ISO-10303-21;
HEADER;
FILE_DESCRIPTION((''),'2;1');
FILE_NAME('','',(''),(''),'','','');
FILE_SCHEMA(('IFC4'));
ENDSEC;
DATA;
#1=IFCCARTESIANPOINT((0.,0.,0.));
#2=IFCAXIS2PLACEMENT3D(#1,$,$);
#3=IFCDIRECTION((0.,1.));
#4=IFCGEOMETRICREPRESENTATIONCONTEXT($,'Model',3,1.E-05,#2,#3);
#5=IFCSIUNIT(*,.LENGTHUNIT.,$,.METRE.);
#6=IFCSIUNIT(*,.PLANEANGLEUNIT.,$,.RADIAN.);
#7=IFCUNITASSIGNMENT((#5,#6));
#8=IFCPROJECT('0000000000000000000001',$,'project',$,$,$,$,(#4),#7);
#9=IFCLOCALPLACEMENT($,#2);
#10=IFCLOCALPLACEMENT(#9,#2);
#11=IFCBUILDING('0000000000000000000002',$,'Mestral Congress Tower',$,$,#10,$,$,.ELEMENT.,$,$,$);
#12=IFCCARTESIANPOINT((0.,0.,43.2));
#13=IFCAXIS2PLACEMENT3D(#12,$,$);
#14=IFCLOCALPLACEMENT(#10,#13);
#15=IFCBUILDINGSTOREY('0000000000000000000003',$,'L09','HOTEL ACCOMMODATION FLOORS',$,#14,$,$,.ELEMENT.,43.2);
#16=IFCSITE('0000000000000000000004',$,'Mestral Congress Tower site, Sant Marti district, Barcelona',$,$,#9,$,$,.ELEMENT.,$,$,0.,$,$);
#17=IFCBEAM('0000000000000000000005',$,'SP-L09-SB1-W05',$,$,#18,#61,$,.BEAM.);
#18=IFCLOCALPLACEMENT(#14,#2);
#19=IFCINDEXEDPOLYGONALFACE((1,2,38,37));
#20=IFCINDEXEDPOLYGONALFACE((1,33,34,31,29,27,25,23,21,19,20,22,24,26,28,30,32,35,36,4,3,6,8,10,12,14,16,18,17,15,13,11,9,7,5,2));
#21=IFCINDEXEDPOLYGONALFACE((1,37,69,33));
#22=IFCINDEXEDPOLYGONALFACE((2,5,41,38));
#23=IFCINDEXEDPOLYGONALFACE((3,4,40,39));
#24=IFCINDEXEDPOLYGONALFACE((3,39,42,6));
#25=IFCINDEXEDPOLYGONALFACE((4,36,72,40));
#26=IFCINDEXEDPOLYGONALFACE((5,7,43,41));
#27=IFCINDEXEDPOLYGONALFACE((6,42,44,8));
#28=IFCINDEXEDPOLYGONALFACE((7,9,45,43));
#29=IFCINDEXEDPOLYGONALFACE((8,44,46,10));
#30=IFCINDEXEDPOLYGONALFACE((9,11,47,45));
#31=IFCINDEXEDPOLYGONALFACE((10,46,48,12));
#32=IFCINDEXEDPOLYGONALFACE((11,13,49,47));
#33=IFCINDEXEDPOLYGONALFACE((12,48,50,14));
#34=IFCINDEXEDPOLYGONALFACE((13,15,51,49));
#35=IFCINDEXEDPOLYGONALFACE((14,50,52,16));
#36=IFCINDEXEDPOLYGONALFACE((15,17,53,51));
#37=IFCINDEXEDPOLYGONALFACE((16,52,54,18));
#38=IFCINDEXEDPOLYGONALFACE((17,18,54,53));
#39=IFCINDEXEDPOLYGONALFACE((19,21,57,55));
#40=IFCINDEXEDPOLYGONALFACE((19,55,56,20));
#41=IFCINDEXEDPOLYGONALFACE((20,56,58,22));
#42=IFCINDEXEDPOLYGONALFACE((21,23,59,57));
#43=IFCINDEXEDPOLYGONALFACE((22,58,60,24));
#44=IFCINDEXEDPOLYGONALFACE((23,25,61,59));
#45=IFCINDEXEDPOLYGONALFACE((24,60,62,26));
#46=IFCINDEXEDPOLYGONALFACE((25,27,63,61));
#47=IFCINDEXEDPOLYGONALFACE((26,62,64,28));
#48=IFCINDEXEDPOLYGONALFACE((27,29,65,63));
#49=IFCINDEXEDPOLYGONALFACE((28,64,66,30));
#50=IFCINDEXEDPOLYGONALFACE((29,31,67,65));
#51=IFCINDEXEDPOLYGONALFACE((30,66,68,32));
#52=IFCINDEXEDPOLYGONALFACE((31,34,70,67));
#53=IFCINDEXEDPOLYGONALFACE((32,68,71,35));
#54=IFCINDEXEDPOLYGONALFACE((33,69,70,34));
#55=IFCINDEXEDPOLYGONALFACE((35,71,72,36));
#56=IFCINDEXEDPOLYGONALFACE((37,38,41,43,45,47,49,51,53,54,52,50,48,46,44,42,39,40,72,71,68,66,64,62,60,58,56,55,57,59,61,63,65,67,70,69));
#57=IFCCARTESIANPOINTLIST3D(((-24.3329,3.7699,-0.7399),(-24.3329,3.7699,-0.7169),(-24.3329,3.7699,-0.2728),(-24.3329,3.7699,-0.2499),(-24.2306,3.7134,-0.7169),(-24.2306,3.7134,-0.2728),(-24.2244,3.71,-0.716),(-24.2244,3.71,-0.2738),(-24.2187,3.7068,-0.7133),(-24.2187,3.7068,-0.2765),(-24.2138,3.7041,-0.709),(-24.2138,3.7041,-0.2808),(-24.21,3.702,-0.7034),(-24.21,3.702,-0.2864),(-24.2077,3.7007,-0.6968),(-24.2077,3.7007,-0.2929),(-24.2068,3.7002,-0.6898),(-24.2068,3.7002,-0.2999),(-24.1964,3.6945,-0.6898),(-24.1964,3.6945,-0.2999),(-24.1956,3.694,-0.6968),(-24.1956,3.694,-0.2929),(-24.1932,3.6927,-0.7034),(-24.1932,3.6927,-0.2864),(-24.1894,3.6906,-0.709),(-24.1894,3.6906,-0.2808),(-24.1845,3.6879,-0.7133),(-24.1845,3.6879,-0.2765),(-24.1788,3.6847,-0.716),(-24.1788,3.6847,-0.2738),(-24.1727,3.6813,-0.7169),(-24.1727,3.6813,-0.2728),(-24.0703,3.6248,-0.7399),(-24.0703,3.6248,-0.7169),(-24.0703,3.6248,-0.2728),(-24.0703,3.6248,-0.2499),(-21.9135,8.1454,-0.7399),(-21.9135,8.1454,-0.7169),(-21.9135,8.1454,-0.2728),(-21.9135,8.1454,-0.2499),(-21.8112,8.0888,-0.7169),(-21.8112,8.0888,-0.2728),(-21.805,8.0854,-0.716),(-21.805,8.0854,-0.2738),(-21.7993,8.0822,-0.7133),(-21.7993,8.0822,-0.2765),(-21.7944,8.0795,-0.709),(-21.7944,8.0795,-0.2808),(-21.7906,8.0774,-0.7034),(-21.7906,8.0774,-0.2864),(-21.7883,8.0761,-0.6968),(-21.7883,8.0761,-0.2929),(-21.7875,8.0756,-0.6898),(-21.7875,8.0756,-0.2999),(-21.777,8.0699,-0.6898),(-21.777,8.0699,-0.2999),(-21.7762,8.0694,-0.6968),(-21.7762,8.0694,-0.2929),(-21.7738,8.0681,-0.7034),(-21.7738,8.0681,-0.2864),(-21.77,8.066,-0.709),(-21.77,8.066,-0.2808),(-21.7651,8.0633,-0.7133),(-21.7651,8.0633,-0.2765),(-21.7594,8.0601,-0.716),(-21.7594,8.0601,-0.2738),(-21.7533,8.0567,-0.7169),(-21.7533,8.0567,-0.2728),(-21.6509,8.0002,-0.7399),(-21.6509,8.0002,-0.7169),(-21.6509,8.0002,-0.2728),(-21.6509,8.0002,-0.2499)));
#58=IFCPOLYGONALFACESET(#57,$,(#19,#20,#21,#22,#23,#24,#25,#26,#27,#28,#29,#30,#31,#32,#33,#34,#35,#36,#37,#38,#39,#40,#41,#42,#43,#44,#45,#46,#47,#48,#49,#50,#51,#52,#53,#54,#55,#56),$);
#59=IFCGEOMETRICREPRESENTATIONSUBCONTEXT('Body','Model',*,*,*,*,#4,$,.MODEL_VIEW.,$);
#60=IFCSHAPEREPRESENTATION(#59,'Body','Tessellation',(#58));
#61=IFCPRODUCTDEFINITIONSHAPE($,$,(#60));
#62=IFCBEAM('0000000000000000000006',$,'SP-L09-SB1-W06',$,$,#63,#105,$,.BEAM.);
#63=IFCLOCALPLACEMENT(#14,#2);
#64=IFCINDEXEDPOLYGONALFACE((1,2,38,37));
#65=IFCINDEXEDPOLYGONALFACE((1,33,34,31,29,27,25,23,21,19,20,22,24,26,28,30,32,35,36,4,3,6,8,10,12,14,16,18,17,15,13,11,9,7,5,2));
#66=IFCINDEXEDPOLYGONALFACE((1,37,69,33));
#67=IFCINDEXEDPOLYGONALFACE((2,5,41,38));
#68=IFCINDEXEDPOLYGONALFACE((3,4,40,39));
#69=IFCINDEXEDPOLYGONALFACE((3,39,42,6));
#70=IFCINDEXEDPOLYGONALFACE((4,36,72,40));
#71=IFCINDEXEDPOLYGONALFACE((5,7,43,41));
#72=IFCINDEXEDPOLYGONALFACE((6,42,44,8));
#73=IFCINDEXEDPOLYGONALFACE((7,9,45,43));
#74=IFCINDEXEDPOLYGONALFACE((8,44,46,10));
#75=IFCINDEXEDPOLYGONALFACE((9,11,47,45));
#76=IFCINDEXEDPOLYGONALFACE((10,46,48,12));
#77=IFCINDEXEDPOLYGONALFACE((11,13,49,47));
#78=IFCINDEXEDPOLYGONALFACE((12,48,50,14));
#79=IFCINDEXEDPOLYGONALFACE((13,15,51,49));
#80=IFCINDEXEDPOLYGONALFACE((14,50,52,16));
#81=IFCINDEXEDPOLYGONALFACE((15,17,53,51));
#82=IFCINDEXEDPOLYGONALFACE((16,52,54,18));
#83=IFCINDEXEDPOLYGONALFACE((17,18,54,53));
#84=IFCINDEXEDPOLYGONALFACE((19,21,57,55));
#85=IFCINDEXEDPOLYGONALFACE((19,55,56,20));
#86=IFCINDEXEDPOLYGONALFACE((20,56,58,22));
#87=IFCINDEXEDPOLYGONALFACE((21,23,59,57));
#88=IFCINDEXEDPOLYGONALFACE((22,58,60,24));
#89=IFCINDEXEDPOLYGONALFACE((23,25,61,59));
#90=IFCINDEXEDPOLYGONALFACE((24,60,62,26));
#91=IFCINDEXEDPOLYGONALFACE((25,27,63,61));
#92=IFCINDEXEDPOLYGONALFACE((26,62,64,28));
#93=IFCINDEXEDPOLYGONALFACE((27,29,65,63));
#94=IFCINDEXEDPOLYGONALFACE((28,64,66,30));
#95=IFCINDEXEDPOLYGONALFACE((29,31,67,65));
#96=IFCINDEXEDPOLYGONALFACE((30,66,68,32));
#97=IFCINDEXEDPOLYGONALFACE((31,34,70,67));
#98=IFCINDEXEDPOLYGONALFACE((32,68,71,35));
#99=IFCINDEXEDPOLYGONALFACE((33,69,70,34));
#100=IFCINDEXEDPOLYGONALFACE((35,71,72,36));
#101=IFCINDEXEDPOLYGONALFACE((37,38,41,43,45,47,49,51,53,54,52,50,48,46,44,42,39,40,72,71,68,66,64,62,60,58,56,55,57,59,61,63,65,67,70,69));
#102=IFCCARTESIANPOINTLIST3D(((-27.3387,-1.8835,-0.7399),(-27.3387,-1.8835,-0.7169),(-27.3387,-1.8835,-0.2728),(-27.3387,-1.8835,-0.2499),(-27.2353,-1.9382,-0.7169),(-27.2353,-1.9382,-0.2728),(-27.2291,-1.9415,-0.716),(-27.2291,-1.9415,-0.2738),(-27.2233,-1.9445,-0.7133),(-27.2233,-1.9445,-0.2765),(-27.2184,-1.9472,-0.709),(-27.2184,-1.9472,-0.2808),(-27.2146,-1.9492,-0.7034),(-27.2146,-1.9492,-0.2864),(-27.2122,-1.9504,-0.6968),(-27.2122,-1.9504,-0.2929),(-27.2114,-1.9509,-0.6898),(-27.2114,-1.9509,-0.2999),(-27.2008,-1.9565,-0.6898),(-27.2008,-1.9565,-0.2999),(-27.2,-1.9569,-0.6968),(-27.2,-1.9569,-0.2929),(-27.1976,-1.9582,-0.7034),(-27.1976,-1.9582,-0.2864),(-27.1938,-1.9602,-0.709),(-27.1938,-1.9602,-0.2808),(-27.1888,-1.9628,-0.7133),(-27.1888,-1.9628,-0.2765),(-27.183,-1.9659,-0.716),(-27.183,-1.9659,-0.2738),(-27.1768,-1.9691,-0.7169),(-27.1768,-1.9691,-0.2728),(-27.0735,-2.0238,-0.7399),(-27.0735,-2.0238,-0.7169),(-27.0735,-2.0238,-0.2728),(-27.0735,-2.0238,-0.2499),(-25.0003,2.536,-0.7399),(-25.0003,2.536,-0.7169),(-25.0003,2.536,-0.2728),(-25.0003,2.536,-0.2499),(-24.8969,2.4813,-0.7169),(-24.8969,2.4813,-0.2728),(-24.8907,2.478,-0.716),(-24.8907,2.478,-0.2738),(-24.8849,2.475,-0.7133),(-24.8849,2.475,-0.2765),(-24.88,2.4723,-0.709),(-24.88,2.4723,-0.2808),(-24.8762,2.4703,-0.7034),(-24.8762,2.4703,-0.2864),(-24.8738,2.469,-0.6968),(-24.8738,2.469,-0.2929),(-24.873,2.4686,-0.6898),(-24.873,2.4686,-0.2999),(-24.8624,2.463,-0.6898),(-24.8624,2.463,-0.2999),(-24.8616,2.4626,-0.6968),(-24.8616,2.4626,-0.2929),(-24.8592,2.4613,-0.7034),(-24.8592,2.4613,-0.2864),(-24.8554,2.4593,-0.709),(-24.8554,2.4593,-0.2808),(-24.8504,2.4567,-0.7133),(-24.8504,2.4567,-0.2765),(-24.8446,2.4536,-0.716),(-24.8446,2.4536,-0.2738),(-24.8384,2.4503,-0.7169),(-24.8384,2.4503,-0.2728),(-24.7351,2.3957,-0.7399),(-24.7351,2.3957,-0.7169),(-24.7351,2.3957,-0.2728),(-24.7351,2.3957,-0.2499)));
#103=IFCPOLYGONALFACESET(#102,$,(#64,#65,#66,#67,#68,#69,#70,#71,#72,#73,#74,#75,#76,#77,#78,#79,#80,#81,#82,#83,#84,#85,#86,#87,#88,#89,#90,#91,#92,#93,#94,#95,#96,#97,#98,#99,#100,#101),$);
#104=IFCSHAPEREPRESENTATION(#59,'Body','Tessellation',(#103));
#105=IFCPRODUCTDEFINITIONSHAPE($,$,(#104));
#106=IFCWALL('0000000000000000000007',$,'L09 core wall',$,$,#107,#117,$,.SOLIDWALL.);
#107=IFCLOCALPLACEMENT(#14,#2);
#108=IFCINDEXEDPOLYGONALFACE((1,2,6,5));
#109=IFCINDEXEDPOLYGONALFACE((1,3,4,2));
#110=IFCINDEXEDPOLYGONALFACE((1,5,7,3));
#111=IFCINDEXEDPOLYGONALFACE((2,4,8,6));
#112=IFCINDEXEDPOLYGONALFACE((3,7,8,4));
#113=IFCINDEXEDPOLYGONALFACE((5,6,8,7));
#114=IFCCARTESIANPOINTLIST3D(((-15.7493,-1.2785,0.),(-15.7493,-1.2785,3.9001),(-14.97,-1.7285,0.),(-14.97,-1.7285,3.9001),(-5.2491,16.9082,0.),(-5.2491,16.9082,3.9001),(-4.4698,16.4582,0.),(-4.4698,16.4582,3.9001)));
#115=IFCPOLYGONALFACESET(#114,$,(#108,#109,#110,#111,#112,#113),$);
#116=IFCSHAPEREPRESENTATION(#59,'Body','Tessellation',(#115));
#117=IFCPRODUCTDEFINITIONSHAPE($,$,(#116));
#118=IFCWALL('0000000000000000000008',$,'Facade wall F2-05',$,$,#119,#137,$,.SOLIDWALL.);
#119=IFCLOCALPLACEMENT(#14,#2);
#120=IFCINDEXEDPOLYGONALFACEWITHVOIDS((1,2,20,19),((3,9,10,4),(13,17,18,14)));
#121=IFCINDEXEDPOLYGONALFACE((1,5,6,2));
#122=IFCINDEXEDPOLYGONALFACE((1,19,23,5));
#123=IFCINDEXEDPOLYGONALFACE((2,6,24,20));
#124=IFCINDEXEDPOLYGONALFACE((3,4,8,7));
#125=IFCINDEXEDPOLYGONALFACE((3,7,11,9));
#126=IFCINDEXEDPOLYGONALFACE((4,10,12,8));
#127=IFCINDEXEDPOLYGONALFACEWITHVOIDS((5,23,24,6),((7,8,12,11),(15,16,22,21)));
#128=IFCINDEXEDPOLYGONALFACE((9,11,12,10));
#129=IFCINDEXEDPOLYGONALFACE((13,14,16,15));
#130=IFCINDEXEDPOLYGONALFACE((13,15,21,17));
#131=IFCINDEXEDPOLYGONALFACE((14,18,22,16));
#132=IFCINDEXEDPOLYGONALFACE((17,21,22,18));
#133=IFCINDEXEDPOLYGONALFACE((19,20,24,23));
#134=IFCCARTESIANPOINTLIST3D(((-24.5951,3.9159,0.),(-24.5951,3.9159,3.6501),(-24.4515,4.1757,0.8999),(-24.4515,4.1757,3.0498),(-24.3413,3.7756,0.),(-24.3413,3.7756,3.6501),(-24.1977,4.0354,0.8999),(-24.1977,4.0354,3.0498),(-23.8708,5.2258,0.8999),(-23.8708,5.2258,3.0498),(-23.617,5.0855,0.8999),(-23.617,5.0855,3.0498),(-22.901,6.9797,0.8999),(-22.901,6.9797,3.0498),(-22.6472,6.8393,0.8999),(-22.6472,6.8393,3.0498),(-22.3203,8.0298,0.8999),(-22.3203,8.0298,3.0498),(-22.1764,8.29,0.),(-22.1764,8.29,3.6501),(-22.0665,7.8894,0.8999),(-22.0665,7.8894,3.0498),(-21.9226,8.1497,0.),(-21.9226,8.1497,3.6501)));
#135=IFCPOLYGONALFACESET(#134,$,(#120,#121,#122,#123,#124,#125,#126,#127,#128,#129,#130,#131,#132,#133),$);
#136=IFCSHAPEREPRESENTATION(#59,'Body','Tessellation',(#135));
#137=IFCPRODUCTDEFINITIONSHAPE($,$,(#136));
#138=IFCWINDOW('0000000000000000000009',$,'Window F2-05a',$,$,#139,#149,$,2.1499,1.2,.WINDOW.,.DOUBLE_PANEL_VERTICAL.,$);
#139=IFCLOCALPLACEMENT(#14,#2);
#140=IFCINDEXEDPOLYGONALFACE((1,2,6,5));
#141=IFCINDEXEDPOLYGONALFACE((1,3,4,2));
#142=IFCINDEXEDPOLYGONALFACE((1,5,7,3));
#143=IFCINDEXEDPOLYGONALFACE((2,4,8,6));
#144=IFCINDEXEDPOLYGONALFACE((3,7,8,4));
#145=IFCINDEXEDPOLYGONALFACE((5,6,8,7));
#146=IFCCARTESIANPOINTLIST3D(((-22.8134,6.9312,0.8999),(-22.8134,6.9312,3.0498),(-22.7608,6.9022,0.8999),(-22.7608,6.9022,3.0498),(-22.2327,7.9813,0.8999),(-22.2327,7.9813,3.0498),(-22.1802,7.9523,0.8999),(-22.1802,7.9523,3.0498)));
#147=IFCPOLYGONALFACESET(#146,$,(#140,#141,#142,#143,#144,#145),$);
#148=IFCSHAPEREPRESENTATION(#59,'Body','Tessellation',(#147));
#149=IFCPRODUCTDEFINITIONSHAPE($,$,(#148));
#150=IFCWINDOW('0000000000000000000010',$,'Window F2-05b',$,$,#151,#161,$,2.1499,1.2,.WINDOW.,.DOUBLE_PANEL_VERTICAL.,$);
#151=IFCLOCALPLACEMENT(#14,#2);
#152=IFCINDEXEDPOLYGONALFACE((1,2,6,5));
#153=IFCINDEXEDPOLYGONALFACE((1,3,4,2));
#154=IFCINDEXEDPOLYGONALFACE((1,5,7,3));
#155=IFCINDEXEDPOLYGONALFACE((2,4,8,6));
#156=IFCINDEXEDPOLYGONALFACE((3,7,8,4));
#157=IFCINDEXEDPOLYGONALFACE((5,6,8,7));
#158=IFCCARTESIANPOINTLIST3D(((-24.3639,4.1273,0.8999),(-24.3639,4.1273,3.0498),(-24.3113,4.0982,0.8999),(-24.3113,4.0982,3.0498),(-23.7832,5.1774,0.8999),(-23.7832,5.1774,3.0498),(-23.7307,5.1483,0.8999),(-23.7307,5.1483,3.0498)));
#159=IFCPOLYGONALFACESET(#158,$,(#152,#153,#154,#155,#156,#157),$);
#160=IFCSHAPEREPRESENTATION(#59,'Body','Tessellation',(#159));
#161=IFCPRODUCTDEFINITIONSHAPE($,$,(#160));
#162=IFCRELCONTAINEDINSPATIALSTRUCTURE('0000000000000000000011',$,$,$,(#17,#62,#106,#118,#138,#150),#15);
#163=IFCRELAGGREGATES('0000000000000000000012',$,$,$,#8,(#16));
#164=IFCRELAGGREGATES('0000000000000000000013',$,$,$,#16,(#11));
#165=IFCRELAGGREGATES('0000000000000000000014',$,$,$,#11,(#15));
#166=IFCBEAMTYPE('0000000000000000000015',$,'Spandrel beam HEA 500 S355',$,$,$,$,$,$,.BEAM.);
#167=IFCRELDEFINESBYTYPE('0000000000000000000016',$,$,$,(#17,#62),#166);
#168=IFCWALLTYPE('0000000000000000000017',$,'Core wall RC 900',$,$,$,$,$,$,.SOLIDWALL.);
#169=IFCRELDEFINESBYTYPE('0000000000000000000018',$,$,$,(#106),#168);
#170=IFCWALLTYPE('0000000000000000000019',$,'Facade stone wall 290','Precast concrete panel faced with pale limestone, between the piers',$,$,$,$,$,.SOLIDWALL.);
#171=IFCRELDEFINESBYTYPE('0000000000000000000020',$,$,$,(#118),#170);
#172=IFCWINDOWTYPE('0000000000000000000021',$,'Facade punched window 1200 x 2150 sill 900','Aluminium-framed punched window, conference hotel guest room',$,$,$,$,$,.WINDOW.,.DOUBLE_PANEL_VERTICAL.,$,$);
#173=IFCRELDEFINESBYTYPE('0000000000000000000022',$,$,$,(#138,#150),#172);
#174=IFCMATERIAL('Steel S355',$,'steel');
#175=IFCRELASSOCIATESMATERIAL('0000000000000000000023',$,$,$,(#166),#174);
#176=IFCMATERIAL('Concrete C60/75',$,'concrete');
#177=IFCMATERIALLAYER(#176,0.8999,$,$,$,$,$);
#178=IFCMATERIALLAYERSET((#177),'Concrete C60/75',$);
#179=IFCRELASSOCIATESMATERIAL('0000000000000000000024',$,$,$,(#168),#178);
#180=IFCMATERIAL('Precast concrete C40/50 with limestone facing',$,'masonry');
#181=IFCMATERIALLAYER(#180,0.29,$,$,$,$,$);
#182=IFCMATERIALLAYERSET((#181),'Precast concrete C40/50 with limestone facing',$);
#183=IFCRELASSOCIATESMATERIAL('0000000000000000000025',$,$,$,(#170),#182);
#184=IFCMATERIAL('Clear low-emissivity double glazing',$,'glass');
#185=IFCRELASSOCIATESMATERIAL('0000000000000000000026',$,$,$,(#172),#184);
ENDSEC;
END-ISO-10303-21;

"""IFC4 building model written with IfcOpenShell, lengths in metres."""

from ifc_helpers import new_model, si_unit, direction, frame, frame_2d, origin, origin_2d, place, context, subcontext, project, spatial, rectangle, i_section, extrude, material, layer, layer_set, material_profile, profile_set, type_object, element, fill, save


model = new_model("IFC4")

# Units and contexts
model_context = context("Model", 3, precision=1e-05, world=origin(), true_north=direction((0.0, 1.0)))
body_context = subcontext(model_context, "Body", "Model", "MODEL_VIEW")
ifc_project = project(units=[si_unit("LENGTHUNIT", "METRE"), si_unit("PLANEANGLEUNIT", "RADIAN")], contexts=[model_context])

# Site, building, storey
site_placement = place(None, origin())
site = spatial("IfcSite", under=ifc_project, at=site_placement, Name="Mestral Congress Tower site, Sant Marti district, Barcelona", CompositionType="ELEMENT", RefElevation=0.0)
building_placement = place(site_placement, origin())
building = spatial("IfcBuilding", under=site, at=building_placement, Name="Mestral Congress Tower", CompositionType="ELEMENT")
storey_placement = place(building_placement, frame((0.0, 0.0, 43.2)))
storey = spatial("IfcBuildingStorey", under=building, at=storey_placement, Name="L09", Description="HOTEL ACCOMMODATION FLOORS", CompositionType="ELEMENT", Elevation=43.2)

# Beams
ifc_material_1 = material(Name="Steel S355", Category="steel")
ifc_material_profile_1 = material_profile(ifc_material_1, i_section(OverallWidth=0.3, OverallDepth=0.49, WebThickness=0.012, FlangeThickness=0.0229, FilletRadius=0.0271, at=origin_2d()), Name="HEA 500")
ifc_profile_set_1 = profile_set([ifc_material_profile_1], Name="Steel S355")
beam_type_1 = type_object("IfcBeamType", Name="Spandrel beam HEA 500 S355", PredefinedType="BEAM", material=ifc_profile_set_1)
beam_1_placement = place(storey_placement, frame((-21.7822, 8.0728, -0.4949), z_axis=(-0.483901, -0.875123, 0.0), x_axis=(0.875123, -0.483901, 0.0)))
element("IfcBeam", 1, at=beam_1_placement, inside=storey, type_object=beam_type_1, Name="SP-L09-SB1-W05", PredefinedType="BEAM", context=body_context, shape_type="SweptSolid", body=[
    extrude(i_section(OverallWidth=0.3, OverallDepth=0.49, WebThickness=0.012, FlangeThickness=0.0229, FilletRadius=0.0271, at=origin_2d()), origin(), (0.0, 0.0, 1.0), 4.9998),
])
beam_2_placement = place(storey_placement, frame((-24.8677, 2.4658, -0.4949), z_axis=(-0.467681, -0.883897, 0.0), x_axis=(0.883897, -0.467681, 0.0)))
element("IfcBeam", 2, at=beam_2_placement, inside=storey, type_object=beam_type_1, Name="SP-L09-SB1-W06", PredefinedType="BEAM", context=body_context, shape_type="SweptSolid", body=[
    extrude(i_section(OverallWidth=0.3, OverallDepth=0.49, WebThickness=0.012, FlangeThickness=0.0229, FilletRadius=0.0271, at=origin_2d()), origin(), (0.0, 0.0, 1.0), 5.0),
])

# Wall
ifc_material_2 = material(Name="Concrete C60/75", Category="concrete")
ifc_layer_1 = layer(ifc_material_2, 0.8999)
ifc_layer_set_1 = layer_set([ifc_layer_1], Name="Concrete C60/75")
wall_type_1 = type_object("IfcWallType", Name="Core wall RC 900", PredefinedType="SOLIDWALL", material=ifc_layer_set_1)
wall_1_placement = place(storey_placement, frame((-15.3596, -1.5034, 0.0), z_axis=(0.0, 0.0, 1.0), x_axis=(0.500004, 0.866023, 0.0)))
element("IfcWall", 3, at=wall_1_placement, inside=storey, type_object=wall_type_1, Name="L09 core wall", PredefinedType="SOLIDWALL", context=body_context, shape_type="SweptSolid", body=[
    extrude(rectangle(XDim=21.0002, YDim=0.8999, at=frame_2d((10.5, 0.0))), origin(), (0.0, 0.0, 1.0), 3.9001),
])

# Wall, openings, windows
ifc_material_3 = material(Name="Precast concrete C40/50 with limestone facing", Category="masonry")
ifc_layer_2 = layer(ifc_material_3, 0.29)
ifc_layer_set_2 = layer_set([ifc_layer_2], Name="Precast concrete C40/50 with limestone facing")
wall_type_2 = type_object("IfcWallType", Name="Facade stone wall 290", Description="Precast concrete panel faced with pale limestone, between the piers", PredefinedType="SOLIDWALL", material=ifc_layer_set_2)
wall_2_placement = place(storey_placement, frame((-22.0496, 8.2197, 0.0), z_axis=(0.0, 0.0, 1.0), x_axis=(-0.483913, -0.875116, 0.0)))
wall_2 = element("IfcWall", 4, at=wall_2_placement, inside=storey, type_object=wall_type_2, Name="Facade wall F2-05", PredefinedType="SOLIDWALL", context=body_context, shape_type="SweptSolid", body=[
    extrude(rectangle(XDim=4.9983, YDim=0.29, at=frame_2d((2.499, 0.0))), origin(), (0.0, 0.0, 1.0), 3.6501),
])
opening_1_placement = place(wall_2_placement, frame((0.2971, 0.0, 0.8999)))
opening_1 = element("IfcOpeningElement", 5, at=opening_1_placement, cuts=wall_2, PredefinedType="OPENING", context=body_context, shape_type="SweptSolid", body=[
    extrude(rectangle(XDim=1.2, YDim=2.1499, at=frame_2d((0.6001, 1.075))), frame((0.0, 0.155, 0.0), z_axis=(0.0, -1.0, 0.0), x_axis=(1.0, 0.0, 0.0)), (0.0, 0.0, 1.0), 0.3101),
])
opening_2_placement = place(wall_2_placement, frame((3.5012, 0.0, 0.8999)))
opening_2 = element("IfcOpeningElement", 6, at=opening_2_placement, cuts=wall_2, PredefinedType="OPENING", context=body_context, shape_type="SweptSolid", body=[
    extrude(rectangle(XDim=1.2, YDim=2.1499, at=frame_2d((0.6001, 1.075))), frame((0.0, 0.155, 0.0), z_axis=(0.0, -1.0, 0.0), x_axis=(1.0, 0.0, 0.0)), (0.0, 0.0, 1.0), 0.3101),
])
ifc_material_4 = material(Name="Clear low-emissivity double glazing", Category="glass")
window_type = type_object("IfcWindowType", Name="Facade punched window 1200 x 2150 sill 900", Description="Aluminium-framed punched window, conference hotel guest room", PartitioningType="DOUBLE_PANEL_VERTICAL", PredefinedType="WINDOW", material=ifc_material_4)
window_1_placement = place(opening_1_placement, origin())
window_1 = element("IfcWindow", 7, at=window_1_placement, inside=storey, type_object=window_type, Name="Window F2-05a", OverallHeight=2.1499, OverallWidth=1.2, PartitioningType="DOUBLE_PANEL_VERTICAL", PredefinedType="WINDOW", context=body_context, shape_type="SweptSolid", body=[
    extrude(rectangle(XDim=1.2, YDim=2.1499, at=frame_2d((0.6001, 1.075))), frame((0.0, 0.0151, 0.0), z_axis=(0.0, -1.0, 0.0), x_axis=(1.0, 0.0, 0.0)), (0.0, 0.0, 1.0), 0.0601),
])
fill(opening_1, window_1)
window_2_placement = place(opening_2_placement, origin())
window_2 = element("IfcWindow", 8, at=window_2_placement, inside=storey, type_object=window_type, Name="Window F2-05b", OverallHeight=2.1499, OverallWidth=1.2, PartitioningType="DOUBLE_PANEL_VERTICAL", PredefinedType="WINDOW", context=body_context, shape_type="SweptSolid", body=[
    extrude(rectangle(XDim=1.2, YDim=2.1499, at=frame_2d((0.6001, 1.075))), frame((0.0, 0.0151, 0.0), z_axis=(0.0, -1.0, 0.0), x_axis=(1.0, 0.0, 0.0)), (0.0, 0.0, 1.0), 0.0601),
])
fill(opening_2, window_2)

save(model, "model.ifc")
